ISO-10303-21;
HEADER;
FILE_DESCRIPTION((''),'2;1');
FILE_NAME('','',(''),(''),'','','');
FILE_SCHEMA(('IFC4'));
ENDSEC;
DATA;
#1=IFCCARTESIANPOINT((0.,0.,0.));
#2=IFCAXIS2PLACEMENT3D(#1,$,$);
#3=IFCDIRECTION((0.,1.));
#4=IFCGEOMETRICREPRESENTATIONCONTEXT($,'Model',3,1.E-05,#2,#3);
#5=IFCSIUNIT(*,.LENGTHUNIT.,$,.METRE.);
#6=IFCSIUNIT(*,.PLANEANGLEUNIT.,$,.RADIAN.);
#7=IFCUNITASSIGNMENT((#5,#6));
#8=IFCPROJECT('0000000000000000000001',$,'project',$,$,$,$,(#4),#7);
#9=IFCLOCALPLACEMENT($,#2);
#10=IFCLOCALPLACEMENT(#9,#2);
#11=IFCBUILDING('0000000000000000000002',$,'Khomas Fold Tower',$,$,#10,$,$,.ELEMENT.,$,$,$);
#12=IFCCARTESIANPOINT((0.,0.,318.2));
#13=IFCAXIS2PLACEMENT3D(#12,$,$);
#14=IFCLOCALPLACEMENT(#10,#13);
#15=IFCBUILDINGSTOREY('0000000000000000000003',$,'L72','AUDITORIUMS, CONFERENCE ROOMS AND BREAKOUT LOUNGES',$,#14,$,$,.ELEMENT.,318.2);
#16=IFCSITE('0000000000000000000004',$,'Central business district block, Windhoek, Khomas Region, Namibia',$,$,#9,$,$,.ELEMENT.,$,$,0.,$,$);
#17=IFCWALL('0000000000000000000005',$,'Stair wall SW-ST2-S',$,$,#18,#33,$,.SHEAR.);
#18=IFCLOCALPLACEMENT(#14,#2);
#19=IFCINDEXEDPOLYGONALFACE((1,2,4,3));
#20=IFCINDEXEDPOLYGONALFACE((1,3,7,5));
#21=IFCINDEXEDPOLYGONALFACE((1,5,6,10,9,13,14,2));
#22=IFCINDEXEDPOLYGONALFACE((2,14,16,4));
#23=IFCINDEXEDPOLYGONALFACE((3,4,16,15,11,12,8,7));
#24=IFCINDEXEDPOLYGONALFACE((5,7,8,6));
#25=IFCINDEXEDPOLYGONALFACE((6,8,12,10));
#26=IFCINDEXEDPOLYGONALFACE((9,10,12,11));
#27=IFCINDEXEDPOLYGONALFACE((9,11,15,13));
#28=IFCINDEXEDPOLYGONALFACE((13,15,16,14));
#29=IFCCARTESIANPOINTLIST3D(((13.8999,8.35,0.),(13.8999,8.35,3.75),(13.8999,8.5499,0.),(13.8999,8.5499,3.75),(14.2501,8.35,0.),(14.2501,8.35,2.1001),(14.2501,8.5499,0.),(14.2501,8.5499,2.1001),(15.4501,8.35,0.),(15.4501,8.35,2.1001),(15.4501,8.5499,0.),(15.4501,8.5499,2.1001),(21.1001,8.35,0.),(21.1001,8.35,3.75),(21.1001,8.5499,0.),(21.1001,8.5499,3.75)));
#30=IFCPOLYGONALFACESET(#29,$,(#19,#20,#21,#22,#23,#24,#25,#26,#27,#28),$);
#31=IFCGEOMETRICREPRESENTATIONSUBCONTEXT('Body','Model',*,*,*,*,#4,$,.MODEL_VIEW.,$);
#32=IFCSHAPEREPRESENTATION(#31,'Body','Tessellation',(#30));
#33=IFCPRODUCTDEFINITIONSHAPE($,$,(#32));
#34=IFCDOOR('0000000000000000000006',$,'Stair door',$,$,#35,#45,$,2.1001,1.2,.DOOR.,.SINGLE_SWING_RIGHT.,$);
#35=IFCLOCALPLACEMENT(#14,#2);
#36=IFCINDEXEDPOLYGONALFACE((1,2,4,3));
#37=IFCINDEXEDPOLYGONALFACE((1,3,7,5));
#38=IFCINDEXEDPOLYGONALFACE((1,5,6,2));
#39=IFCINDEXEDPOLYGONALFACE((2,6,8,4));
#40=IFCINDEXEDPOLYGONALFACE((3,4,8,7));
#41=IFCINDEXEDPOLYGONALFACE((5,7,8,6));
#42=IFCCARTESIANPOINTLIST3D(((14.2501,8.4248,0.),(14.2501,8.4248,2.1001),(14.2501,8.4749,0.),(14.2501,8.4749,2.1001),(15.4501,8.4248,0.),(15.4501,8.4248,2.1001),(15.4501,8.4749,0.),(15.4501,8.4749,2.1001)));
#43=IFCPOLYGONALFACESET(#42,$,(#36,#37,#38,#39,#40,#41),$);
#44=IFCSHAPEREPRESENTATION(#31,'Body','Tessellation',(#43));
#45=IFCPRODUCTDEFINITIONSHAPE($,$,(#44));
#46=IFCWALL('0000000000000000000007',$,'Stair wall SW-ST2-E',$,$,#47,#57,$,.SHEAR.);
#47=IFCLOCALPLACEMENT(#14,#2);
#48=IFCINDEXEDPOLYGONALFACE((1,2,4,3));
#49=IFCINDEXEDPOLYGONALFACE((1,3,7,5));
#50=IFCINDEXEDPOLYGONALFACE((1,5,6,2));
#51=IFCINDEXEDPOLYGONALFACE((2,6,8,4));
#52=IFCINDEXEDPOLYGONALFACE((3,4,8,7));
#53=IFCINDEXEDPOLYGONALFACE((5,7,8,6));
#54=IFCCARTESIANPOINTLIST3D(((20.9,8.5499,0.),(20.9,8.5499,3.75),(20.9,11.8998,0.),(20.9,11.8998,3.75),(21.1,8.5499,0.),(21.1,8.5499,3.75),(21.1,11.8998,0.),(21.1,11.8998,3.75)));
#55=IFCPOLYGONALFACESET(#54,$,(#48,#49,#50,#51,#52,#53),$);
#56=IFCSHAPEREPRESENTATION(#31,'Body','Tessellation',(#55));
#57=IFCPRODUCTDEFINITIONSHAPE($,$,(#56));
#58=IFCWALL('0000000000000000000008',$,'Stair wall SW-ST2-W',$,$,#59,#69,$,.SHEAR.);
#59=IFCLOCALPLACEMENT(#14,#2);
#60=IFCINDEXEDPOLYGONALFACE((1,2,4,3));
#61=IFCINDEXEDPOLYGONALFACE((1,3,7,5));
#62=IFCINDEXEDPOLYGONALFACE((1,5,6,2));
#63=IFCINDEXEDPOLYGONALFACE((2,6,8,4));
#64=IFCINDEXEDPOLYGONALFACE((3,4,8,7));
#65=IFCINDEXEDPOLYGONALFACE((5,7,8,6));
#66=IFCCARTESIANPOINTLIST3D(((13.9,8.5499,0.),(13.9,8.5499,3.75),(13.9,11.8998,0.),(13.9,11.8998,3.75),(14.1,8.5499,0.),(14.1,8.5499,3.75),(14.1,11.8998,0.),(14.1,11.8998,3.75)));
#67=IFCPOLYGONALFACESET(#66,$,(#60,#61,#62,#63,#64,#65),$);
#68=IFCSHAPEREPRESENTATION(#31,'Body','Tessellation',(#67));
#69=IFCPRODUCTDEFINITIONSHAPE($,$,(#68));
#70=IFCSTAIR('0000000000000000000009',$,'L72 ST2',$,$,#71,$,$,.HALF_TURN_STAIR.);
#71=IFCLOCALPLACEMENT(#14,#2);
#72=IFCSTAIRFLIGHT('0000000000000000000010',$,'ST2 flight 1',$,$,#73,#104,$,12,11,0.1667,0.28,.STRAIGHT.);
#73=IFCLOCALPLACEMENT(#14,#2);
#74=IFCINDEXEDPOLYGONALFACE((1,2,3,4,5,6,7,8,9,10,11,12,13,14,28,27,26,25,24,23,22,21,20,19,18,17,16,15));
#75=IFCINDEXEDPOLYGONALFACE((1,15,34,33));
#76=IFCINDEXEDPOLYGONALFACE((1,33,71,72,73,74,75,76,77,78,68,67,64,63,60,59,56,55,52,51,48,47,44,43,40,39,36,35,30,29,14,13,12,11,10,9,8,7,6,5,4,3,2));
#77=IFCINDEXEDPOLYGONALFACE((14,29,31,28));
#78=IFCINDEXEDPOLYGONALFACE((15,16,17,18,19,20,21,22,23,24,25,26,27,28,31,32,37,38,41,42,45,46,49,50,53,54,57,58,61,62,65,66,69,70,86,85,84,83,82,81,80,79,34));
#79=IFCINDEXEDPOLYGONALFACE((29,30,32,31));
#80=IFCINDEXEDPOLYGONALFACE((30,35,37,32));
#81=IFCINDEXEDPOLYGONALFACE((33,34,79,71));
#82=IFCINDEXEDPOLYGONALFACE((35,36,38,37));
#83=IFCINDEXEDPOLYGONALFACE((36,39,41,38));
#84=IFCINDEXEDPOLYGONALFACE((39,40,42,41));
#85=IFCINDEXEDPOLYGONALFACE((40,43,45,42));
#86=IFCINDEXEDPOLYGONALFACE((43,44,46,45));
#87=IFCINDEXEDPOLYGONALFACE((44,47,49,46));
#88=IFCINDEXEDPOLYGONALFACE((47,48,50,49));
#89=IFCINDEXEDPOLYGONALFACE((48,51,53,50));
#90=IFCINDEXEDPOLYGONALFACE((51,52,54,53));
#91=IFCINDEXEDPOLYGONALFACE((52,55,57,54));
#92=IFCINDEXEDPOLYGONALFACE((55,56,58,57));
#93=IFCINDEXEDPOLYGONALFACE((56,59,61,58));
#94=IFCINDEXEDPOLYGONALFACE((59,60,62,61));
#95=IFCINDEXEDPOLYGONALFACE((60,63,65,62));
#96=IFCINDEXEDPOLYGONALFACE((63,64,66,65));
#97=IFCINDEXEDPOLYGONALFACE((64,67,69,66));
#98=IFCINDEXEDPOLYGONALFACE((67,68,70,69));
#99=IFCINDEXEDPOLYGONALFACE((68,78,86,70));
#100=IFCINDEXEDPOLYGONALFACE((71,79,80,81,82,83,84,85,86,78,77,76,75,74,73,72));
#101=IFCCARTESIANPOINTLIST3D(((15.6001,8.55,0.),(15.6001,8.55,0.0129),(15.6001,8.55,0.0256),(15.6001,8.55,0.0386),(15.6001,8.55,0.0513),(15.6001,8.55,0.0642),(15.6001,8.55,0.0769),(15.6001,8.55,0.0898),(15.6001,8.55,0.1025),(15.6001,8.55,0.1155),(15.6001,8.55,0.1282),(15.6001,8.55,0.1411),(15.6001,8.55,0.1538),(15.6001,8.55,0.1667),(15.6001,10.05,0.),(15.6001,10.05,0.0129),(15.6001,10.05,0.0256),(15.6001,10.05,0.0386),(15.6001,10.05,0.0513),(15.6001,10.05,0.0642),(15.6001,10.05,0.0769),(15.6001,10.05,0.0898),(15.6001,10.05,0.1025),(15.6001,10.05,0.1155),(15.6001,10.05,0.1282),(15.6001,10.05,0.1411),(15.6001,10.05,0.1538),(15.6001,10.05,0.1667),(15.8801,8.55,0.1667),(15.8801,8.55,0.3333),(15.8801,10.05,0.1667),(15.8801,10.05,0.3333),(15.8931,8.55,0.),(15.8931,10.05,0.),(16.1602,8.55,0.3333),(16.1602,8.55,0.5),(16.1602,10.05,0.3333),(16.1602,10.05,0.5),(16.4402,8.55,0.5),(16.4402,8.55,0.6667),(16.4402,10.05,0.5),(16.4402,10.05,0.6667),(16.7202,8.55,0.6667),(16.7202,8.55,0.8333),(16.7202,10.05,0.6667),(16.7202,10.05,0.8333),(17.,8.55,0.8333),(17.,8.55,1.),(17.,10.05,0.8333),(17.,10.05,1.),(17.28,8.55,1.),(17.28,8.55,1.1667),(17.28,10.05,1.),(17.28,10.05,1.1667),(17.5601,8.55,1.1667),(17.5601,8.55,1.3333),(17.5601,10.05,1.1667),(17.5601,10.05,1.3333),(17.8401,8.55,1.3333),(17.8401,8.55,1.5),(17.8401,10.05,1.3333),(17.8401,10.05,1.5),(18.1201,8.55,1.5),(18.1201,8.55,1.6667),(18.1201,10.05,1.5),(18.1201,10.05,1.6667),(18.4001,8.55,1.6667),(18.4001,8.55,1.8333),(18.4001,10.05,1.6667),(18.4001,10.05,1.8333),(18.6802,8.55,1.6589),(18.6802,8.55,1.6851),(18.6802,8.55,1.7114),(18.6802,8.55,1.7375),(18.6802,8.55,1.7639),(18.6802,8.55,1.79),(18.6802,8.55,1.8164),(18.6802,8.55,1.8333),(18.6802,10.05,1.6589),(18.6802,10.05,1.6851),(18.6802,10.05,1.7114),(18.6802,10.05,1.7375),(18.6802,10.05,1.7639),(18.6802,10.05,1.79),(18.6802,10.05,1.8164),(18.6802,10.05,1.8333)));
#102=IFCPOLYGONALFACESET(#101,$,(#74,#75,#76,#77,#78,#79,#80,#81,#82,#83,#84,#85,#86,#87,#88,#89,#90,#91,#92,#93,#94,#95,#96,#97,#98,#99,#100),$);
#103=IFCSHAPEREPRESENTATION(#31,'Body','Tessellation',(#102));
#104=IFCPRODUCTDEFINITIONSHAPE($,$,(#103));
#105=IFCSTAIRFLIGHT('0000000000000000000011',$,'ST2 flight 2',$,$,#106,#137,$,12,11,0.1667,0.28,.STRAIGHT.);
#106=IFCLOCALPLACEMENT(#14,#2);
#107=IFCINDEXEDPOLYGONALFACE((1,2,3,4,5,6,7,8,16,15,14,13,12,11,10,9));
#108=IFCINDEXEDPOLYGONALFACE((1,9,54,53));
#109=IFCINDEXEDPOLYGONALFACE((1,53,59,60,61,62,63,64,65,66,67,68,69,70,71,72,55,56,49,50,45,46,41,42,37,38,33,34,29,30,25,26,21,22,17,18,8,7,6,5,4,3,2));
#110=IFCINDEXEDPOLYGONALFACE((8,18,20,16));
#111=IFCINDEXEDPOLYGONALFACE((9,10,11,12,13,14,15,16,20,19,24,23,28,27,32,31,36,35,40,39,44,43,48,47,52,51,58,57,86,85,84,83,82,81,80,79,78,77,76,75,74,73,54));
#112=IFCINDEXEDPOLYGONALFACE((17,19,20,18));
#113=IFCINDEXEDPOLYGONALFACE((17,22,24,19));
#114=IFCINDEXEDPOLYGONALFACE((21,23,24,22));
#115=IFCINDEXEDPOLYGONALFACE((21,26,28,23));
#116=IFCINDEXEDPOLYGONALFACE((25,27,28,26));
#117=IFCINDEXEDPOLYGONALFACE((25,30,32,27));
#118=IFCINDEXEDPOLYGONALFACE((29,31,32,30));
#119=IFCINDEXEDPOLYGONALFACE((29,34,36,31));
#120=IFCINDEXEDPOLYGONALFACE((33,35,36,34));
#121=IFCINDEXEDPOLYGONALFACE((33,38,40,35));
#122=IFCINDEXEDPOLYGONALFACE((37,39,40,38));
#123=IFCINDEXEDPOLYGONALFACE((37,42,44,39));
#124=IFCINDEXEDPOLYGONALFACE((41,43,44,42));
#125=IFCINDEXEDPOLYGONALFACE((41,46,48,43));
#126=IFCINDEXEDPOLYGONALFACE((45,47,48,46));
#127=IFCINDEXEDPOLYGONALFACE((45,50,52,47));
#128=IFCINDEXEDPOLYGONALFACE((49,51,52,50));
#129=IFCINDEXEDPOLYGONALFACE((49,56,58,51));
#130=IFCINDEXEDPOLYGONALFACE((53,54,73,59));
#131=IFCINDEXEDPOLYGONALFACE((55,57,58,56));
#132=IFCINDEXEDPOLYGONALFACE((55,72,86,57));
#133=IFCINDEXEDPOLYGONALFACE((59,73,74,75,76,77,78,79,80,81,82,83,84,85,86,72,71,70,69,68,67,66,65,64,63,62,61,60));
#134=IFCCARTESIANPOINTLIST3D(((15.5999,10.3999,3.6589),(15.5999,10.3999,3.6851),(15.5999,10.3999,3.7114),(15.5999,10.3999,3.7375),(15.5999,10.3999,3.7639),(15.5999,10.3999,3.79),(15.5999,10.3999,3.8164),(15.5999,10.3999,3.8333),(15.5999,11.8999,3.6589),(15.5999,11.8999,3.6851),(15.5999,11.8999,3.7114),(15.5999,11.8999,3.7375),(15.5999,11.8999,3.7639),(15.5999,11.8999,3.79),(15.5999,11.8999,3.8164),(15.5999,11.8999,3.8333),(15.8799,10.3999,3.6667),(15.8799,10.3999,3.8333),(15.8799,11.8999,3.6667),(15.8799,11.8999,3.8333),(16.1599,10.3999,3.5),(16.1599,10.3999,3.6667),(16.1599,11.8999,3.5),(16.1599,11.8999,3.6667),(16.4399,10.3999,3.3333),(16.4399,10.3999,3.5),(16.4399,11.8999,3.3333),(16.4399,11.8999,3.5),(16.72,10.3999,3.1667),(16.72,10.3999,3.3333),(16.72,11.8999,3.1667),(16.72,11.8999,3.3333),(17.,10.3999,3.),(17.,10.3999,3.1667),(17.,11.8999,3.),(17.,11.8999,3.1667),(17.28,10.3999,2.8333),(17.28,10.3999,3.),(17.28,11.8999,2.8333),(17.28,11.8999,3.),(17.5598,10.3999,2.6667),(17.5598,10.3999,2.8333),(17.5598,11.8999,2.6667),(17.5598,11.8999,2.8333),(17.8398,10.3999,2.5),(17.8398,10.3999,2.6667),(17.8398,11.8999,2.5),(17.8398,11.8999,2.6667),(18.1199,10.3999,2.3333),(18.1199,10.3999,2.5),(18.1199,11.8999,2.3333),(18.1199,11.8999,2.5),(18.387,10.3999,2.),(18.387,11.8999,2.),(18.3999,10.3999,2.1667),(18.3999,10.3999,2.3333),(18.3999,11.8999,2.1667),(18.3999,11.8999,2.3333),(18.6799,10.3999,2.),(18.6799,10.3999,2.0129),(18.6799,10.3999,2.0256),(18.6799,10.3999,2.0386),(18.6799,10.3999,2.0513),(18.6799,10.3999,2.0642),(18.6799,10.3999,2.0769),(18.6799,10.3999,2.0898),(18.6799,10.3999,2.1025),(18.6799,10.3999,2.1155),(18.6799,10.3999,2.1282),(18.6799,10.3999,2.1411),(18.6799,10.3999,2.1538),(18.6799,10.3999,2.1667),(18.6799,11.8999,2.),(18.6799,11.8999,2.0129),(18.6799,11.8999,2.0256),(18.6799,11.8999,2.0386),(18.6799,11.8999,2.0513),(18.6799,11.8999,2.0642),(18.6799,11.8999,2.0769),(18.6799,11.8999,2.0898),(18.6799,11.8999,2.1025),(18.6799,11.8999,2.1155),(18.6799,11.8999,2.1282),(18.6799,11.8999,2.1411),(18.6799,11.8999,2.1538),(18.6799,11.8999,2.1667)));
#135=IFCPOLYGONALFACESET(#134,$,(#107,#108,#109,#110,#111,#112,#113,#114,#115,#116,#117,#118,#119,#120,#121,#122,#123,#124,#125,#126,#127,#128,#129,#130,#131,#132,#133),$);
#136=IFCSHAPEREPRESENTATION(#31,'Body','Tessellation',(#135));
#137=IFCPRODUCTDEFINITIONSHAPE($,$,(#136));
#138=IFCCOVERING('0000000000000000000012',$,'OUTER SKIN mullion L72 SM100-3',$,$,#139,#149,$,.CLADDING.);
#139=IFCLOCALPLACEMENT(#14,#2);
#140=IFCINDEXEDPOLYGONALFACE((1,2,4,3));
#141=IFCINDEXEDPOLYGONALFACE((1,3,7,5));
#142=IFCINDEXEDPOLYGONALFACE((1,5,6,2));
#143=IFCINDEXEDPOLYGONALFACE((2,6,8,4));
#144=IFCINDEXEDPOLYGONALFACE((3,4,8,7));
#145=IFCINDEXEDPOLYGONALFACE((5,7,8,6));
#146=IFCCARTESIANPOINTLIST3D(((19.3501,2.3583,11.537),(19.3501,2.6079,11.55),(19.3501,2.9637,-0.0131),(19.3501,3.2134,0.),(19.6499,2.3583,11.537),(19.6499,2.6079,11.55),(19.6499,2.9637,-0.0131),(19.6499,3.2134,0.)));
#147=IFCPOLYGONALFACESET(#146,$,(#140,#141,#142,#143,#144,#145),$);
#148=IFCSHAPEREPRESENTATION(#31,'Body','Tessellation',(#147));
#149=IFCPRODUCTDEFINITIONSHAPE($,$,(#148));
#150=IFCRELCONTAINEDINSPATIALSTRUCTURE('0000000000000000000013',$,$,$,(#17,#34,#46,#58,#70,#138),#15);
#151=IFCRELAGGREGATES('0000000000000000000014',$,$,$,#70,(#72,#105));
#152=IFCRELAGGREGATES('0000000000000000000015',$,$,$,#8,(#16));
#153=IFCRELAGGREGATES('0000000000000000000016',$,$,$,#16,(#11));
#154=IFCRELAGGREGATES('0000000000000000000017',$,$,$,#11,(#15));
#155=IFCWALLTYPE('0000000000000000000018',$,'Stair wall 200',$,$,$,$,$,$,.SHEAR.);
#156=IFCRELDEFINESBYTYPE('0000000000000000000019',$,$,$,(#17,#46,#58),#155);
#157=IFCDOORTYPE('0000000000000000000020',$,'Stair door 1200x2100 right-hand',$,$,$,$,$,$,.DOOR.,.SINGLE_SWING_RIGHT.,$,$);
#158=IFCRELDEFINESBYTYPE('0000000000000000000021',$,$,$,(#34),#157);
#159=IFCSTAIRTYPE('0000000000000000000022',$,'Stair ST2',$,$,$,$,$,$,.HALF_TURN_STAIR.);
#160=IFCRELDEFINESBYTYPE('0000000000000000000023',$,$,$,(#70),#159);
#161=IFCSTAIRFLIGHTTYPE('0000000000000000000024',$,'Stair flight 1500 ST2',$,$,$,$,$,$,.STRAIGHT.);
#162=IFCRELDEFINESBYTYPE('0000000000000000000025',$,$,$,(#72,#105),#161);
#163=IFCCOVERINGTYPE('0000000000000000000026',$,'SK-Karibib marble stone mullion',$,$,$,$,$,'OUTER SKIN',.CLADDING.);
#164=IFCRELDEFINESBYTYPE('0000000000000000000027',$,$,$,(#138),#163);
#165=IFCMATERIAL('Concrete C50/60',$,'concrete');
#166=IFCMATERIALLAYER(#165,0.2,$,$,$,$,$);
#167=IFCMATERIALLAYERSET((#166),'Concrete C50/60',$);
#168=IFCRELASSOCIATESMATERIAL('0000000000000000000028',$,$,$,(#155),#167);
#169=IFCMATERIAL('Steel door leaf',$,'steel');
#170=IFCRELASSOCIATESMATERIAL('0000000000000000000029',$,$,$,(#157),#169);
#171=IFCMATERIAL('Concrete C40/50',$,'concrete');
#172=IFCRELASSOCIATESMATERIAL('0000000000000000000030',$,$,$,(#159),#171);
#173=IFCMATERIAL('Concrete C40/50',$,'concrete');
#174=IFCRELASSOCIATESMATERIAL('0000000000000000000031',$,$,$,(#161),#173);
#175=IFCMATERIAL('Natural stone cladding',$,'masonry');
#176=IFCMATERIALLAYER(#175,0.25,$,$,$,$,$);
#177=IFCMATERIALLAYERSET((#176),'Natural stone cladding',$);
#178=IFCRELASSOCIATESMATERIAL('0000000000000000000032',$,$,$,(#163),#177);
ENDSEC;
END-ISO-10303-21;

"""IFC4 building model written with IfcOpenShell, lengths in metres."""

from ifc_helpers import new_model, si_unit, direction, frame, frame_2d, origin, place, context, subcontext, project, spatial, polyline, rectangle, outline, extrude, source, transform, mapped, material, layer, layer_set, type_object, element, fill, aggregate, save


model = new_model("IFC4")

# Units and contexts
model_context = context("Model", 3, precision=1e-05, world=origin(), true_north=direction((0.0, 1.0)))
body_context = subcontext(model_context, "Body", "Model", "MODEL_VIEW")
ifc_project = project(units=[si_unit("LENGTHUNIT", "METRE"), si_unit("PLANEANGLEUNIT", "RADIAN")], contexts=[model_context])

# Site, building, storey
site_placement = place(None, origin())
site = spatial("IfcSite", under=ifc_project, at=site_placement, Name="Central business district block, Windhoek, Khomas Region, Namibia", CompositionType="ELEMENT", RefElevation=0.0)
building_placement = place(site_placement, origin())
building = spatial("IfcBuilding", under=site, at=building_placement, Name="Khomas Fold Tower", CompositionType="ELEMENT")
storey_placement = place(building_placement, frame((0.0, 0.0, 318.2)))
storey = spatial("IfcBuildingStorey", under=building, at=storey_placement, Name="L72", Description="AUDITORIUMS, CONFERENCE ROOMS AND BREAKOUT LOUNGES", CompositionType="ELEMENT", Elevation=318.2)

# Wall, opening, door
ifc_material_1 = material(Name="Concrete C50/60", Category="concrete")
ifc_layer_1 = layer(ifc_material_1, 0.2)
ifc_layer_set_1 = layer_set([ifc_layer_1], Name="Concrete C50/60")
wall_type = type_object("IfcWallType", Name="Stair wall 200", PredefinedType="SHEAR", material=ifc_layer_set_1)
shared_shape_1 = source(origin(), body_context, "Body", "SweptSolid", [
    extrude(rectangle(XDim=7.2002, YDim=0.2, at=frame_2d((3.6001, 0.0))), origin(), (0.0, 0.0, 1.0), 3.75),
])
wall_placement = place(storey_placement, frame((13.8999, 8.45, 0.0), z_axis=(0.0, 0.0, 1.0), x_axis=(1.0, 0.0, 0.0)))
wall = element("IfcWall", 1, at=wall_placement, inside=storey, type_object=wall_type, Name="Stair wall SW-ST2-S", PredefinedType="SHEAR", context=body_context, shape_type="MappedRepresentation", body=[
    mapped(shared_shape_1, transform((0.0, 0.0, 0.0))),
])
shared_shape_2 = source(origin(), body_context, "Body", "SweptSolid", [
    extrude(rectangle(XDim=1.2, YDim=2.1001, at=frame_2d((0.6001, 1.05))), frame((0.0, 0.1099, 0.0), z_axis=(0.0, -1.0, 0.0), x_axis=(1.0, 0.0, 0.0)), (0.0, 0.0, 1.0), 0.22),
])
opening_placement = place(wall_placement, frame((0.3501, 0.0, 0.0)))
opening = element("IfcOpeningElement", 2, at=opening_placement, cuts=wall, PredefinedType="OPENING", context=body_context, shape_type="MappedRepresentation", body=[
    mapped(shared_shape_2, transform((0.0, 0.0, 0.0))),
])
ifc_material_2 = material(Name="Steel door leaf", Category="steel")
door_type = type_object("IfcDoorType", Name="Stair door 1200x2100 right-hand", OperationType="SINGLE_SWING_RIGHT", PredefinedType="DOOR", material=ifc_material_2)
shared_shape_3 = source(origin(), body_context, "Body", "SweptSolid", [
    extrude(rectangle(XDim=1.2, YDim=2.1001, at=frame_2d((0.6001, 1.05))), frame((0.0, 0.0249, 0.0), z_axis=(0.0, -1.0, 0.0), x_axis=(1.0, 0.0, 0.0)), (0.0, 0.0, 1.0), 0.05),
])
door_placement = place(opening_placement, origin())
door = element("IfcDoor", 3, at=door_placement, inside=storey, type_object=door_type, Name="Stair door", OperationType="SINGLE_SWING_RIGHT", OverallHeight=2.1001, OverallWidth=1.2, PredefinedType="DOOR", context=body_context, shape_type="MappedRepresentation", body=[
    mapped(shared_shape_3, transform((0.0, 0.0, 0.0))),
])
fill(opening, door)

# Walls
shared_shape_4 = source(origin(), body_context, "Body", "SweptSolid", [
    extrude(rectangle(XDim=3.3499, YDim=0.2, at=frame_2d((1.6748, 0.0))), origin(), (0.0, 0.0, 1.0), 3.75),
])
for number, where, z_axis, x_axis, name in (
    (4, (21.0, 8.55, 0.0), (0.0, 0.0, 1.0), (0.0, 1.0, 0.0), "Stair wall SW-ST2-E"),
    (5, (14.0, 8.55, 0.0), (0.0, 0.0, 1.0), (0.0, 1.0, 0.0), "Stair wall SW-ST2-W"),
):
    element("IfcWall", number, at=place(storey_placement, frame(where, z_axis=z_axis, x_axis=x_axis)), inside=storey, type_object=wall_type, Name=name, PredefinedType="SHEAR", context=body_context, shape_type="MappedRepresentation", body=[
        mapped(shared_shape_4, transform((0.0, 0.0, 0.0))),
    ])

# Stair, stair flights
ifc_material_3 = material(Name="Concrete C40/50", Category="concrete")
stair_type = type_object("IfcStairType", Name="Stair ST2", PredefinedType="HALF_TURN_STAIR", material=ifc_material_3)
stair_placement = place(storey_placement, origin())
stair = element("IfcStair", 6, at=stair_placement, inside=storey, type_object=stair_type, Name="L72 ST2", PredefinedType="HALF_TURN_STAIR")
ifc_material_4 = material(Name="Concrete C40/50", Category="concrete")
stair_flight_type = type_object("IfcStairFlightType", Name="Stair flight 1500 ST2", PredefinedType="STRAIGHT", material=ifc_material_4)
shared_shape_5 = source(origin(), body_context, "Body", "SweptSolid", [
    extrude(outline(polyline([(0.0, 0.0), (0.0, 0.0129), (0.0, 0.0256), (0.0, 0.0386), (0.0, 0.0513), (0.0, 0.0642), (0.0, 0.0769), (0.0, 0.0898), (0.0, 0.1025), (0.0, 0.1155), (0.0, 0.1282), (0.0, 0.1411), (0.0, 0.1538), (0.0, 0.1667), (0.28, 0.1667), (0.28, 0.3333), (0.5601, 0.3333), (0.5601, 0.5), (0.8401, 0.5), (0.8401, 0.6667), (1.1201, 0.6667), (1.1201, 0.8333), (1.3999, 0.8333), (1.3999, 1.0), (1.6799, 1.0), (1.6799, 1.1667), (1.96, 1.1667), (1.96, 1.3333), (2.24, 1.3333), (2.24, 1.5), (2.52, 1.5), (2.52, 1.6667), (2.8, 1.6667), (2.8, 1.8333), (3.0801, 1.8333), (3.0801, 2.0), (3.0801, 1.9739), (3.0801, 1.9475), (3.0801, 1.9214), (3.0801, 1.895), (3.0801, 1.8689), (3.0801, 1.8425), (3.0801, 1.8164), (3.0801, 1.79), (3.0801, 1.7639), (3.0801, 1.7375), (3.0801, 1.7114), (3.0801, 1.6851), (3.0801, 1.6589), (0.293, 0.0), (0.0, 0.0)])), frame((0.0, 0.75, 0.0), z_axis=(0.0, -1.0, 0.0), x_axis=(1.0, 0.0, 0.0)), (0.0, 0.0, 1.0), 1.5),
])
stair_flight_1_placement = place(storey_placement, frame((15.6001, 9.3, 0.0), z_axis=(0.0, 0.0, 1.0), x_axis=(1.0, 0.0, 0.0)))
stair_flight_1 = element("IfcStairFlight", 7, at=stair_flight_1_placement, type_object=stair_flight_type, Name="ST2 flight 1", NumberOfRisers=12, NumberOfTreads=11, PredefinedType="STRAIGHT", RiserHeight=0.1667, TreadLength=0.28, context=body_context, shape_type="MappedRepresentation", body=[
    mapped(shared_shape_5, transform((0.0, 0.0, 0.0))),
])
stair_flight_2_placement = place(storey_placement, frame((18.6799, 11.1499, 2.0), z_axis=(0.0, 0.0, 1.0), x_axis=(-1.0, 0.0, 0.0)))
stair_flight_2 = element("IfcStairFlight", 8, at=stair_flight_2_placement, type_object=stair_flight_type, Name="ST2 flight 2", NumberOfRisers=12, NumberOfTreads=11, PredefinedType="STRAIGHT", RiserHeight=0.1667, TreadLength=0.28, context=body_context, shape_type="MappedRepresentation", body=[
    mapped(shared_shape_5, transform((0.0, 0.0, 0.0))),
])
aggregate(stair, [stair_flight_1, stair_flight_2])

# Covering
ifc_material_5 = material(Name="Natural stone cladding", Category="masonry")
ifc_layer_2 = layer(ifc_material_5, 0.25)
ifc_layer_set_2 = layer_set([ifc_layer_2], Name="Natural stone cladding")
covering_type = type_object("IfcCoveringType", Name="SK-Karibib marble stone mullion", ElementType="OUTER SKIN", PredefinedType="CLADDING", material=ifc_layer_set_2)
covering_placement = place(storey_placement, frame((19.3501, 3.2134, 0.0), z_axis=(0.0, 0.998629, 0.052349), x_axis=(0.0, -0.052349, 0.998629)))
element("IfcCovering", 9, at=covering_placement, inside=storey, type_object=covering_type, Name="OUTER SKIN mullion L72 SM100-3", PredefinedType="CLADDING", context=body_context, shape_type="SweptSolid", body=[
    extrude(outline(polyline([(0.0, 0.0), (11.5659, 0.0), (11.5659, 0.2998), (0.0, 0.2998), (0.0, 0.0)])), origin(), (0.0, 0.0, -1.0), 0.25),
])

save(model, "model.ifc")
